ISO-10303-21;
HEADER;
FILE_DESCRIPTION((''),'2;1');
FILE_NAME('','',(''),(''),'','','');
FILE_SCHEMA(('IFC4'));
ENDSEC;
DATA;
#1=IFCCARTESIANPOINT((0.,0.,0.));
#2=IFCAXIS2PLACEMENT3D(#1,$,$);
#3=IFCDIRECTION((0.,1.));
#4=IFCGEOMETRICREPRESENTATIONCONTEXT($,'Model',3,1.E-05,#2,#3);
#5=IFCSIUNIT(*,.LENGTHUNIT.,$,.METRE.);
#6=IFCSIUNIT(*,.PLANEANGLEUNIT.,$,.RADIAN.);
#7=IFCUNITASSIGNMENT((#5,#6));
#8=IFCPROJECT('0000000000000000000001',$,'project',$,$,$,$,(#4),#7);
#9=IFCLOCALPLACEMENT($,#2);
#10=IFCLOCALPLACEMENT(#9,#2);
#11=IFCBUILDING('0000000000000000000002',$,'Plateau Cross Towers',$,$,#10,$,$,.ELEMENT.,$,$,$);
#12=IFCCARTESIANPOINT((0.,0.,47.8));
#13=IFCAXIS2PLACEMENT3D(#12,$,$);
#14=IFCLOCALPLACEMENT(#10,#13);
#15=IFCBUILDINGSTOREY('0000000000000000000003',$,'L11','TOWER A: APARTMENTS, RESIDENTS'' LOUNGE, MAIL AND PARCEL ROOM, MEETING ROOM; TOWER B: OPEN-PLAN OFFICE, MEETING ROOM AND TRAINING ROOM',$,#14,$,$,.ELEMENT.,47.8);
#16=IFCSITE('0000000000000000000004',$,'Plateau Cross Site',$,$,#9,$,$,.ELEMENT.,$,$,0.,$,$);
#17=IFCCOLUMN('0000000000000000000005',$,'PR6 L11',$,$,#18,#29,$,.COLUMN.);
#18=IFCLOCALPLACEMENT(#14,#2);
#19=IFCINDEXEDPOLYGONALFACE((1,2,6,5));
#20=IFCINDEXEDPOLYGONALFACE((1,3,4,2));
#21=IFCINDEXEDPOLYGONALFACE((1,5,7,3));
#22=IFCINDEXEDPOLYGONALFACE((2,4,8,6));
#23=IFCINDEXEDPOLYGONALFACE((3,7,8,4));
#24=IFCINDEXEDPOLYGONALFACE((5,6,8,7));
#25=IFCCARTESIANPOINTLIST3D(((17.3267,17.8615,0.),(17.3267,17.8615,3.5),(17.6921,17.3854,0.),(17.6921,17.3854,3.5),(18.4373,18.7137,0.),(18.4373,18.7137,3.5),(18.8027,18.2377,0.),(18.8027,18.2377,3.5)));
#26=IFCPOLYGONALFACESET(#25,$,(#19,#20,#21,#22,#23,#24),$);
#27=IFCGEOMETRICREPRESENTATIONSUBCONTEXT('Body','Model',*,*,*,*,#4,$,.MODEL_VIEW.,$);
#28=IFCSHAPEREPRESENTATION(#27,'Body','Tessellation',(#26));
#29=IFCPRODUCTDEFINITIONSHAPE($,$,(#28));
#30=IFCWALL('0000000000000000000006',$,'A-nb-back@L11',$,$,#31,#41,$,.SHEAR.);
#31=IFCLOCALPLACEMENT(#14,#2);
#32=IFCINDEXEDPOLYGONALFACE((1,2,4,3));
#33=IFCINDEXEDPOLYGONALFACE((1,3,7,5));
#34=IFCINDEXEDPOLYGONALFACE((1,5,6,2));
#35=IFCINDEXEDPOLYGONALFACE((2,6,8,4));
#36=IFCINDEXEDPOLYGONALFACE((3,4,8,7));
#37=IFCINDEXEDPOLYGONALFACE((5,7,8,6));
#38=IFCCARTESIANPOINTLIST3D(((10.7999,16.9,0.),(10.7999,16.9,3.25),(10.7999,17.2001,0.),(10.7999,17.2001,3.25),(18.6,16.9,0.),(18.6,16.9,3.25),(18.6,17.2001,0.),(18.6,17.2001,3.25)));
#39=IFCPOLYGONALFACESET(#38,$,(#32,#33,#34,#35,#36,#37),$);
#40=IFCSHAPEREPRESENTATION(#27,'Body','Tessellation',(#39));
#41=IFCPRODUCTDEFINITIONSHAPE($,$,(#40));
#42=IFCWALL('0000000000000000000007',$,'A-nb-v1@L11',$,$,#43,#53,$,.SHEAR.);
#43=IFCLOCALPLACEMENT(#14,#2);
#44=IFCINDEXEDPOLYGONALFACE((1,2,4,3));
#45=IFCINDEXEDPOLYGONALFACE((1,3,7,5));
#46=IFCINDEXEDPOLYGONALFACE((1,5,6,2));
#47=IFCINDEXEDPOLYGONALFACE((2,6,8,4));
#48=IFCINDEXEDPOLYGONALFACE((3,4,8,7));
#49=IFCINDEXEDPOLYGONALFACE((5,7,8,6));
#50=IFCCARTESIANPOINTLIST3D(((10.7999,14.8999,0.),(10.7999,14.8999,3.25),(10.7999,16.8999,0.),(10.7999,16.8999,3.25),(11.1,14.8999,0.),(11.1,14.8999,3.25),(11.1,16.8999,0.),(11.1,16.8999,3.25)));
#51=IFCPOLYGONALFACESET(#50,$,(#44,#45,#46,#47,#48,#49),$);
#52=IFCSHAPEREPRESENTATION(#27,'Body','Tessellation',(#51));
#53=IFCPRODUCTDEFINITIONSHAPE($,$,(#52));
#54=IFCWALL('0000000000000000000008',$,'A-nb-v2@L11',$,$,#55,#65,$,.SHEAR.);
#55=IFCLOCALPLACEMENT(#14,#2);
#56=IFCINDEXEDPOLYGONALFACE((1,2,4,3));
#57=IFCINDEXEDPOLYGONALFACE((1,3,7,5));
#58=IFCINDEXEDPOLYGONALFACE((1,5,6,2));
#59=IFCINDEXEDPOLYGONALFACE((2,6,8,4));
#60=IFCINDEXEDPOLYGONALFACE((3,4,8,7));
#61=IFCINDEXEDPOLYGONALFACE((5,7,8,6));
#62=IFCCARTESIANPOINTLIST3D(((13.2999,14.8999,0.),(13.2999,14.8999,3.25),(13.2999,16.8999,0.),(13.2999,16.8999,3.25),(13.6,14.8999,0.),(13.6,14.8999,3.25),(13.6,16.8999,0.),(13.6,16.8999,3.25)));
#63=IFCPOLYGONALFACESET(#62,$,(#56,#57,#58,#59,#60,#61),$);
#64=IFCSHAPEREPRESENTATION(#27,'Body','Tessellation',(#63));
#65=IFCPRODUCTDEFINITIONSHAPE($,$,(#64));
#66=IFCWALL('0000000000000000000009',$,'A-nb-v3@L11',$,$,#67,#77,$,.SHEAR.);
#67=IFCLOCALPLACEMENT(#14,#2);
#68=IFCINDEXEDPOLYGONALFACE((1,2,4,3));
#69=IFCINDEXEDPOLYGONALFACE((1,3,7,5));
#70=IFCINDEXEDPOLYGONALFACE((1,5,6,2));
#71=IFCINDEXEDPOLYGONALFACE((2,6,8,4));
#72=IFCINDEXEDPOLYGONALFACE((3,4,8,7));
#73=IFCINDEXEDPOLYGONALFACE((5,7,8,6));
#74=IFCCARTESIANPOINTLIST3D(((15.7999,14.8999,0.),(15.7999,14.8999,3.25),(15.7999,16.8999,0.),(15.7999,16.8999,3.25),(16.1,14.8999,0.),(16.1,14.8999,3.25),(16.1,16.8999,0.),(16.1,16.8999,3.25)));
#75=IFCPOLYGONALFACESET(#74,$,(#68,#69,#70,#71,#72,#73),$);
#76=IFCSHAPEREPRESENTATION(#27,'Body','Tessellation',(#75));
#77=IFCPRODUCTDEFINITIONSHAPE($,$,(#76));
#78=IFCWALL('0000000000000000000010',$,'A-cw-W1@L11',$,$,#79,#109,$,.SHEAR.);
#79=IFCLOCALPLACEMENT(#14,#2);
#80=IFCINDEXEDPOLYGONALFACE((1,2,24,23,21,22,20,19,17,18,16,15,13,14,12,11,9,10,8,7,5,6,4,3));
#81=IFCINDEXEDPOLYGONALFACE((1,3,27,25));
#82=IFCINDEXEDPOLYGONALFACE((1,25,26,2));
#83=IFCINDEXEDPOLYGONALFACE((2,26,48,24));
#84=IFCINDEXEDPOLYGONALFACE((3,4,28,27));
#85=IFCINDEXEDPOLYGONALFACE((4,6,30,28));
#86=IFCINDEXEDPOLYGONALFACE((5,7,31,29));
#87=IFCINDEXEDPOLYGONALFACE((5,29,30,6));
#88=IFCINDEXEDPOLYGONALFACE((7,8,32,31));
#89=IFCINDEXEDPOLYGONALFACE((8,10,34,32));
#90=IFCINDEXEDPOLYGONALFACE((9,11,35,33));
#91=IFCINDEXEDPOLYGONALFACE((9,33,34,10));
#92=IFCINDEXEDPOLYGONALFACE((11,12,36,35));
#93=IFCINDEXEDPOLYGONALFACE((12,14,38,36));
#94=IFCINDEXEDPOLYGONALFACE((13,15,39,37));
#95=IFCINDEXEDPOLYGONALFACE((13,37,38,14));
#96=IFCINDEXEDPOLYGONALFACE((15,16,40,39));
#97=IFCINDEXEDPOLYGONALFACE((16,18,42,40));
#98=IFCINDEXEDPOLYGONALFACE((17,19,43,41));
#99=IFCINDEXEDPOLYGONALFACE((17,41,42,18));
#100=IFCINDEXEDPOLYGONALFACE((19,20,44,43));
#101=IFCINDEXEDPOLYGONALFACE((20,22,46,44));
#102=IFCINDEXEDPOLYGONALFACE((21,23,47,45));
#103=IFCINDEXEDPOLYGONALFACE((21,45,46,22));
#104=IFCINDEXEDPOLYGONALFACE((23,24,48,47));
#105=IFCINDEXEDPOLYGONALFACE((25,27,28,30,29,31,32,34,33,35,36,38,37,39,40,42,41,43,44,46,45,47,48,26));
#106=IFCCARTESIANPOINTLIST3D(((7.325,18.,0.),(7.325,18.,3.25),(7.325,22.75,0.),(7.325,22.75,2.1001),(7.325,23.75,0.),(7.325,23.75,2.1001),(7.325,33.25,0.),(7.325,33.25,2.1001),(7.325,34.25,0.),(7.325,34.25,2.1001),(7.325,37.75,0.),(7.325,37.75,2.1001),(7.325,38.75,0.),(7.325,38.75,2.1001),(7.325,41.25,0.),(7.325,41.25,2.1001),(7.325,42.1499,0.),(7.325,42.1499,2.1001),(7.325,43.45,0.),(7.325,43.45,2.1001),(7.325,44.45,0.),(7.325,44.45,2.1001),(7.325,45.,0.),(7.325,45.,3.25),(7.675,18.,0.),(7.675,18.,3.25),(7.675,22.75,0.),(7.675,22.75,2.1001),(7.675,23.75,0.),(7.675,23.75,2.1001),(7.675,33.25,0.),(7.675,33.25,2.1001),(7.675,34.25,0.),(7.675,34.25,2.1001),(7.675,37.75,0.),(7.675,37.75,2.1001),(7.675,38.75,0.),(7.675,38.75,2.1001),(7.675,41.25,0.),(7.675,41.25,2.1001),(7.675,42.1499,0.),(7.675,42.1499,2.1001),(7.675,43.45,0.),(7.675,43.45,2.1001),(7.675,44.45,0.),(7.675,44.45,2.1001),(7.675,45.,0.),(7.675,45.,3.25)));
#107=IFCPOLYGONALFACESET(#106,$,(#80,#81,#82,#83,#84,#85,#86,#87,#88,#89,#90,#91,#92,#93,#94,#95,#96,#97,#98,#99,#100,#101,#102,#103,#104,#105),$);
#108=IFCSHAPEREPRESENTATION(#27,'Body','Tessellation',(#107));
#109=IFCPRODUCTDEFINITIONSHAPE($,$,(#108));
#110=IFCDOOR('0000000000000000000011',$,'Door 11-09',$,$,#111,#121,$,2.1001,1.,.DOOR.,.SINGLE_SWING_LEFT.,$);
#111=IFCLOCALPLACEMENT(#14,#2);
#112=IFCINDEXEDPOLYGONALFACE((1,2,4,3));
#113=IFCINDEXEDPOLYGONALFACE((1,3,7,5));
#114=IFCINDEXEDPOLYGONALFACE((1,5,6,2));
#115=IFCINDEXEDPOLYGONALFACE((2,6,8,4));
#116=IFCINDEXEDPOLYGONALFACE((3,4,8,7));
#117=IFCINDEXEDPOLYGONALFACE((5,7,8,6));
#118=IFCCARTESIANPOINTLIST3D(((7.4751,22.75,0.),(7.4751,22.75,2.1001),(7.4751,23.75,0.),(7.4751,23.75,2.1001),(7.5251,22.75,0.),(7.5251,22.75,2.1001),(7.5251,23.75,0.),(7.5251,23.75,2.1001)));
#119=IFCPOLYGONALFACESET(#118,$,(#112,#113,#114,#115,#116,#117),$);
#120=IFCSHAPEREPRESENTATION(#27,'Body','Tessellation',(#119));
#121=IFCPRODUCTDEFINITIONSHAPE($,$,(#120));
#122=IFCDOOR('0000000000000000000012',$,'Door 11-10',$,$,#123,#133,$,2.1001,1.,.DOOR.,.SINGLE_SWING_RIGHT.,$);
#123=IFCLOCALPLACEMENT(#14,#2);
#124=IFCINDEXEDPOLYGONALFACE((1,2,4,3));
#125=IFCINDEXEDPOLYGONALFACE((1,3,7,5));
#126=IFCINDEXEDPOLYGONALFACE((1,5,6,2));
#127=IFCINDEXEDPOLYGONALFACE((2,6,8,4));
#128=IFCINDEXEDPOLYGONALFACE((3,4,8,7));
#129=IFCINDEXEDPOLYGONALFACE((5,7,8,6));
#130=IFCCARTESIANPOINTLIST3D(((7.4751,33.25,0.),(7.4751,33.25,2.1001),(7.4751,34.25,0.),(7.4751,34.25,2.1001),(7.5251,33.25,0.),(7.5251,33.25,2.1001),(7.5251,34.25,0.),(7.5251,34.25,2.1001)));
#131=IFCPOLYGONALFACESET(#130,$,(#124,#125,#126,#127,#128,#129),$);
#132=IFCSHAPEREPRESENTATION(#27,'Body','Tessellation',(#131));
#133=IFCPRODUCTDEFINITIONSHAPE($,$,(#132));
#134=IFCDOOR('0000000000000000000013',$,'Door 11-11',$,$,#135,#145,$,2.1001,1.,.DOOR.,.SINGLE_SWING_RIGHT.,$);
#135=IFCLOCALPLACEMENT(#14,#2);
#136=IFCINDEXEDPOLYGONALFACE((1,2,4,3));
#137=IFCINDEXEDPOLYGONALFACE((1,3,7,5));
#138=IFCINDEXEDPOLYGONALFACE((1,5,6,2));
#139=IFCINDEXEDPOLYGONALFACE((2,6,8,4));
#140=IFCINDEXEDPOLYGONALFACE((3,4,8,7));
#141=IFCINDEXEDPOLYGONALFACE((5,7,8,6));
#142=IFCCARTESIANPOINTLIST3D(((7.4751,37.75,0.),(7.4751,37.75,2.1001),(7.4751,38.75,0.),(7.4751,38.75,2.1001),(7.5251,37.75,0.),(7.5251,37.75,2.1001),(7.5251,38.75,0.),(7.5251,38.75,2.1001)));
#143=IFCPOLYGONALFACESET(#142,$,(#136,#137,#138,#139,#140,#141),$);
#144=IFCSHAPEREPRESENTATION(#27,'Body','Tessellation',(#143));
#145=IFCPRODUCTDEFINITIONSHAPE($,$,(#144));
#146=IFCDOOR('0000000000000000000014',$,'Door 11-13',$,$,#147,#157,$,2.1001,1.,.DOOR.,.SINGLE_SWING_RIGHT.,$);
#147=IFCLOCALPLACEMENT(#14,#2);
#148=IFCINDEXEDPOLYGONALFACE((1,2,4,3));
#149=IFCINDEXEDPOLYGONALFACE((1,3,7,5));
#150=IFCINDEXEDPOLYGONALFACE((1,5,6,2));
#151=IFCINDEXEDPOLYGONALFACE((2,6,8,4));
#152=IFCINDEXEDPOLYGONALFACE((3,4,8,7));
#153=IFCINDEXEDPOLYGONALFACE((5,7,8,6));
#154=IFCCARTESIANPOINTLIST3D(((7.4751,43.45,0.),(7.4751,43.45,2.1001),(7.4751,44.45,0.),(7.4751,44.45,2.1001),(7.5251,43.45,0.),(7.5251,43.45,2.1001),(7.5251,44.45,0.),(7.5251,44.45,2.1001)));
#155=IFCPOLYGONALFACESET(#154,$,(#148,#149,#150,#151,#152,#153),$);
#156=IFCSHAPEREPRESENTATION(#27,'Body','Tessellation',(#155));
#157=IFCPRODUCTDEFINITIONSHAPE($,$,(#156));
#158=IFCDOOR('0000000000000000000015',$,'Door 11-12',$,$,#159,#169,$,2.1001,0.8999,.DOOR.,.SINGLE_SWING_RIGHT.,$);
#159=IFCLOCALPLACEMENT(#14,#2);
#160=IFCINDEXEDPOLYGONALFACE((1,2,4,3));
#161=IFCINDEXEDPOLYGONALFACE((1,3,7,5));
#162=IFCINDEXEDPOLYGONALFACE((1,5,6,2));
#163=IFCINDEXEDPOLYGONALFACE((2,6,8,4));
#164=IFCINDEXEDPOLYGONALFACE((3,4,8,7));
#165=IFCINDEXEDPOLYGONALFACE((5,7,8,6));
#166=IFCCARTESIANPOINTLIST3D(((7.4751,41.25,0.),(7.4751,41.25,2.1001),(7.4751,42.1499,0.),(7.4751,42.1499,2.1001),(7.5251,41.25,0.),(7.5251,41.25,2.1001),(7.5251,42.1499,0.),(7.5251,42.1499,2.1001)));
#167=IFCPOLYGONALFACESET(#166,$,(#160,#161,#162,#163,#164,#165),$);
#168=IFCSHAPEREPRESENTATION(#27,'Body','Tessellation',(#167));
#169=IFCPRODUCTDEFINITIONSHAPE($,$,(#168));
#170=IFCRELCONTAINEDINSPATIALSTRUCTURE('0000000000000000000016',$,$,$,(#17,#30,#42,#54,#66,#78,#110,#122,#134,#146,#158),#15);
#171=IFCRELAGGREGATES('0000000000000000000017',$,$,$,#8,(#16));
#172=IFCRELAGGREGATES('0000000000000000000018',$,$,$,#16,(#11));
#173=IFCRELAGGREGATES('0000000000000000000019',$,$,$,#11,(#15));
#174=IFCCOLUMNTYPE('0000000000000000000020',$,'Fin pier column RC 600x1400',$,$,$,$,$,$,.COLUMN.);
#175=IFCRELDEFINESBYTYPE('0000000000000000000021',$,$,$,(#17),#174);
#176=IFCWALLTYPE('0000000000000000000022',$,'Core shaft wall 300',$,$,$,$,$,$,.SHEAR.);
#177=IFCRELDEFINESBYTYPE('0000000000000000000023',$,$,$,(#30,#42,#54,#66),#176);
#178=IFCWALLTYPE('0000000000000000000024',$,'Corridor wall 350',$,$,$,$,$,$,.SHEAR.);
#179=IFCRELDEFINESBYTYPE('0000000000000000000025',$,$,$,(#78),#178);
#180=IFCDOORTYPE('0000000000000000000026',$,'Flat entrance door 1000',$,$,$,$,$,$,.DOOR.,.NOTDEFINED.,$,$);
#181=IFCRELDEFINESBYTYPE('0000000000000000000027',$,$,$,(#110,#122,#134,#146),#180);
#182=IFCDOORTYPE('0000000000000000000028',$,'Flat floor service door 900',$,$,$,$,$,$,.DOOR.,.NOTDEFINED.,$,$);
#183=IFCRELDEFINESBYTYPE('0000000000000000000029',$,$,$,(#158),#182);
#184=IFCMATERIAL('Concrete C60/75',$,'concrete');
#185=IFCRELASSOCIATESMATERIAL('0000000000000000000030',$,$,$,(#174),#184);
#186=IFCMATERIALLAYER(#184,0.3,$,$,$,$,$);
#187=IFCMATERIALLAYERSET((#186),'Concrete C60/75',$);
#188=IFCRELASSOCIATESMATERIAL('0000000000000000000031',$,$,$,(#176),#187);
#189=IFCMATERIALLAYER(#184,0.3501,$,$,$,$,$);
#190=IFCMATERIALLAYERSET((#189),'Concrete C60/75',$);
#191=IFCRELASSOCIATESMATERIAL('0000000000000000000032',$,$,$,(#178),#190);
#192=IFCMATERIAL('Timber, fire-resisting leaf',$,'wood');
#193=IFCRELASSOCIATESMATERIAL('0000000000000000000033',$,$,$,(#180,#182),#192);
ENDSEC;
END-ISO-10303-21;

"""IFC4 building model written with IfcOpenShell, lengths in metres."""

from ifc_helpers import new_model, si_unit, direction, frame, frame_2d, origin, origin_2d, place, context, subcontext, project, spatial, rectangle, extrude, material, layer, layer_set, material_profile, profile_set, type_object, element, fill, save


model = new_model("IFC4")

# Units and contexts
model_context = context("Model", 3, precision=1e-05, world=origin(), true_north=direction((0.0, 1.0)))
body_context = subcontext(model_context, "Body", "Model", "MODEL_VIEW")
ifc_project = project(units=[si_unit("LENGTHUNIT", "METRE"), si_unit("PLANEANGLEUNIT", "RADIAN")], contexts=[model_context])

# Site, building, storey
site_placement = place(None, origin())
site = spatial("IfcSite", under=ifc_project, at=site_placement, Name="Plateau Cross Site", CompositionType="ELEMENT", RefElevation=0.0)
building_placement = place(site_placement, origin())
building = spatial("IfcBuilding", under=site, at=building_placement, Name="Plateau Cross Towers", CompositionType="ELEMENT")
storey_placement = place(building_placement, frame((0.0, 0.0, 47.8)))
storey = spatial("IfcBuildingStorey", under=building, at=storey_placement, Name="L11", Description="TOWER A: APARTMENTS, RESIDENTS' LOUNGE, MAIL AND PARCEL ROOM, MEETING ROOM; TOWER B: OPEN-PLAN OFFICE, MEETING ROOM AND TRAINING ROOM", CompositionType="ELEMENT", Elevation=47.8)

# Column
ifc_material_1 = material(Name="Concrete C60/75", Category="concrete")
ifc_material_profile = material_profile(ifc_material_1, rectangle(XDim=0.6001, YDim=1.3999, at=origin_2d()), Name="RC 600x1400")
ifc_profile_set = profile_set([ifc_material_profile], Name="Concrete C60/75")
column_type = type_object("IfcColumnType", Name="Fin pier column RC 600x1400", PredefinedType="COLUMN", material=ifc_profile_set)
column_placement = place(storey_placement, frame((18.0647, 18.0496, 0.0), z_axis=(0.0, 0.0, 1.0), x_axis=(-0.608811, 0.793315, 0.0)))
element("IfcColumn", 1, at=column_placement, inside=storey, type_object=column_type, Name="PR6 L11", PredefinedType="COLUMN", context=body_context, shape_type="SweptSolid", body=[
    extrude(rectangle(XDim=0.6001, YDim=1.3999, at=origin_2d()), origin(), (0.0, 0.0, 1.0), 3.5),
])

# Walls
ifc_layer_1 = layer(ifc_material_1, 0.3)
ifc_layer_set_1 = layer_set([ifc_layer_1], Name="Concrete C60/75")
wall_type_1 = type_object("IfcWallType", Name="Core shaft wall 300", PredefinedType="SHEAR", material=ifc_layer_set_1)
wall_1_placement = place(storey_placement, frame((10.8, 17.05, 0.0), z_axis=(0.0, 0.0, 1.0), x_axis=(1.0, 0.0, 0.0)))
element("IfcWall", 2, at=wall_1_placement, inside=storey, type_object=wall_type_1, Name="A-nb-back@L11", PredefinedType="SHEAR", context=body_context, shape_type="SweptSolid", body=[
    extrude(rectangle(XDim=7.8, YDim=0.3, at=frame_2d((3.8999, 0.0))), origin(), (0.0, 0.0, 1.0), 3.25),
])
for number, where, z_axis, x_axis, name in (
    (3, (10.95, 14.8999, 0.0), (0.0, 0.0, 1.0), (0.0, 1.0, 0.0), "A-nb-v1@L11"),
    (4, (13.45, 14.8999, 0.0), (0.0, 0.0, 1.0), (0.0, 1.0, 0.0), "A-nb-v2@L11"),
    (5, (15.95, 14.8999, 0.0), (0.0, 0.0, 1.0), (0.0, 1.0, 0.0), "A-nb-v3@L11"),
):
    element("IfcWall", number, at=place(storey_placement, frame(where, z_axis=z_axis, x_axis=x_axis)), inside=storey, type_object=wall_type_1, Name=name, PredefinedType="SHEAR", context=body_context, shape_type="SweptSolid", body=[
        extrude(rectangle(XDim=2.0, YDim=0.3, at=frame_2d((1.0, 0.0))), origin(), (0.0, 0.0, 1.0), 3.25),
    ])

# Wall, openings, doors
ifc_layer_2 = layer(ifc_material_1, 0.3501)
ifc_layer_set_2 = layer_set([ifc_layer_2], Name="Concrete C60/75")
wall_type_2 = type_object("IfcWallType", Name="Corridor wall 350", PredefinedType="SHEAR", material=ifc_layer_set_2)
wall_2_placement = place(storey_placement, frame((7.5, 18.0, 0.0), z_axis=(0.0, 0.0, 1.0), x_axis=(0.0, 1.0, 0.0)))
wall_2 = element("IfcWall", 6, at=wall_2_placement, inside=storey, type_object=wall_type_2, Name="A-cw-W1@L11", PredefinedType="SHEAR", context=body_context, shape_type="SweptSolid", body=[
    extrude(rectangle(XDim=27.0, YDim=0.3501, at=frame_2d((13.5, 0.0))), origin(), (0.0, 0.0, 1.0), 3.25),
])
opening_1_placement = place(wall_2_placement, frame((4.75, 0.0, 0.0)))
opening_1 = element("IfcOpeningElement", 7, at=opening_1_placement, cuts=wall_2, PredefinedType="OPENING", context=body_context, shape_type="SweptSolid", body=[
    extrude(rectangle(XDim=1.0, YDim=2.1001, at=frame_2d((0.5, 1.05))), frame((0.0, 0.1851, 0.0), z_axis=(0.0, -1.0, 0.0), x_axis=(1.0, 0.0, 0.0)), (0.0, 0.0, 1.0), 0.3701),
])
opening_2_placement = place(wall_2_placement, frame((15.25, 0.0, 0.0)))
opening_2 = element("IfcOpeningElement", 8, at=opening_2_placement, cuts=wall_2, PredefinedType="OPENING", context=body_context, shape_type="SweptSolid", body=[
    extrude(rectangle(XDim=1.0, YDim=2.1001, at=frame_2d((0.5, 1.05))), frame((0.0, 0.1851, 0.0), z_axis=(0.0, -1.0, 0.0), x_axis=(1.0, 0.0, 0.0)), (0.0, 0.0, 1.0), 0.3701),
])
opening_3_placement = place(wall_2_placement, frame((19.75, 0.0, 0.0)))
opening_3 = element("IfcOpeningElement", 9, at=opening_3_placement, cuts=wall_2, PredefinedType="OPENING", context=body_context, shape_type="SweptSolid", body=[
    extrude(rectangle(XDim=1.0, YDim=2.1001, at=frame_2d((0.5, 1.05))), frame((0.0, 0.1851, 0.0), z_axis=(0.0, -1.0, 0.0), x_axis=(1.0, 0.0, 0.0)), (0.0, 0.0, 1.0), 0.3701),
])
opening_4_placement = place(wall_2_placement, frame((23.25, 0.0, 0.0)))
opening_4 = element("IfcOpeningElement", 10, at=opening_4_placement, cuts=wall_2, PredefinedType="OPENING", context=body_context, shape_type="SweptSolid", body=[
    extrude(rectangle(XDim=0.8999, YDim=2.1001, at=frame_2d((0.45, 1.05))), frame((0.0, 0.1851, 0.0), z_axis=(0.0, -1.0, 0.0), x_axis=(1.0, 0.0, 0.0)), (0.0, 0.0, 1.0), 0.3701),
])
opening_5_placement = place(wall_2_placement, frame((25.45, 0.0, 0.0)))
opening_5 = element("IfcOpeningElement", 11, at=opening_5_placement, cuts=wall_2, PredefinedType="OPENING", context=body_context, shape_type="SweptSolid", body=[
    extrude(rectangle(XDim=1.0, YDim=2.1001, at=frame_2d((0.5, 1.05))), frame((0.0, 0.1851, 0.0), z_axis=(0.0, -1.0, 0.0), x_axis=(1.0, 0.0, 0.0)), (0.0, 0.0, 1.0), 0.3701),
])
ifc_material_2 = material(Name="Timber, fire-resisting leaf", Category="wood")
door_type_1 = type_object("IfcDoorType", Name="Flat entrance door 1000", OperationType="NOTDEFINED", PredefinedType="DOOR", material=ifc_material_2)
door_1_placement = place(opening_1_placement, origin())
door_1 = element("IfcDoor", 12, at=door_1_placement, inside=storey, type_object=door_type_1, Name="Door 11-09", OperationType="SINGLE_SWING_LEFT", OverallHeight=2.1001, OverallWidth=1.0, PredefinedType="DOOR", context=body_context, shape_type="SweptSolid", body=[
    extrude(rectangle(XDim=1.0, YDim=2.1001, at=frame_2d((0.5, 1.05))), frame((0.0, 0.0249, 0.0), z_axis=(0.0, -1.0, 0.0), x_axis=(1.0, 0.0, 0.0)), (0.0, 0.0, 1.0), 0.05),
])
fill(opening_1, door_1)
door_2_placement = place(opening_2_placement, origin())
door_2 = element("IfcDoor", 13, at=door_2_placement, inside=storey, type_object=door_type_1, Name="Door 11-10", OperationType="SINGLE_SWING_RIGHT", OverallHeight=2.1001, OverallWidth=1.0, PredefinedType="DOOR", context=body_context, shape_type="SweptSolid", body=[
    extrude(rectangle(XDim=1.0, YDim=2.1001, at=frame_2d((0.5, 1.05))), frame((0.0, 0.0249, 0.0), z_axis=(0.0, -1.0, 0.0), x_axis=(1.0, 0.0, 0.0)), (0.0, 0.0, 1.0), 0.05),
])
fill(opening_2, door_2)
door_3_placement = place(opening_3_placement, origin())
door_3 = element("IfcDoor", 14, at=door_3_placement, inside=storey, type_object=door_type_1, Name="Door 11-11", OperationType="SINGLE_SWING_RIGHT", OverallHeight=2.1001, OverallWidth=1.0, PredefinedType="DOOR", context=body_context, shape_type="SweptSolid", body=[
    extrude(rectangle(XDim=1.0, YDim=2.1001, at=frame_2d((0.5, 1.05))), frame((0.0, 0.0249, 0.0), z_axis=(0.0, -1.0, 0.0), x_axis=(1.0, 0.0, 0.0)), (0.0, 0.0, 1.0), 0.05),
])
fill(opening_3, door_3)
door_4_placement = place(opening_5_placement, origin())
door_4 = element("IfcDoor", 15, at=door_4_placement, inside=storey, type_object=door_type_1, Name="Door 11-13", OperationType="SINGLE_SWING_RIGHT", OverallHeight=2.1001, OverallWidth=1.0, PredefinedType="DOOR", context=body_context, shape_type="SweptSolid", body=[
    extrude(rectangle(XDim=1.0, YDim=2.1001, at=frame_2d((0.5, 1.05))), frame((0.0, 0.0249, 0.0), z_axis=(0.0, -1.0, 0.0), x_axis=(1.0, 0.0, 0.0)), (0.0, 0.0, 1.0), 0.05),
])
fill(opening_5, door_4)
door_type_2 = type_object("IfcDoorType", Name="Flat floor service door 900", OperationType="NOTDEFINED", PredefinedType="DOOR", material=ifc_material_2)
door_5_placement = place(opening_4_placement, origin())
door_5 = element("IfcDoor", 16, at=door_5_placement, inside=storey, type_object=door_type_2, Name="Door 11-12", OperationType="SINGLE_SWING_RIGHT", OverallHeight=2.1001, OverallWidth=0.8999, PredefinedType="DOOR", context=body_context, shape_type="SweptSolid", body=[
    extrude(rectangle(XDim=0.8999, YDim=2.1001, at=frame_2d((0.45, 1.05))), frame((0.0, 0.0249, 0.0), z_axis=(0.0, -1.0, 0.0), x_axis=(1.0, 0.0, 0.0)), (0.0, 0.0, 1.0), 0.05),
])
fill(opening_4, door_5)

save(model, "model.ifc")
